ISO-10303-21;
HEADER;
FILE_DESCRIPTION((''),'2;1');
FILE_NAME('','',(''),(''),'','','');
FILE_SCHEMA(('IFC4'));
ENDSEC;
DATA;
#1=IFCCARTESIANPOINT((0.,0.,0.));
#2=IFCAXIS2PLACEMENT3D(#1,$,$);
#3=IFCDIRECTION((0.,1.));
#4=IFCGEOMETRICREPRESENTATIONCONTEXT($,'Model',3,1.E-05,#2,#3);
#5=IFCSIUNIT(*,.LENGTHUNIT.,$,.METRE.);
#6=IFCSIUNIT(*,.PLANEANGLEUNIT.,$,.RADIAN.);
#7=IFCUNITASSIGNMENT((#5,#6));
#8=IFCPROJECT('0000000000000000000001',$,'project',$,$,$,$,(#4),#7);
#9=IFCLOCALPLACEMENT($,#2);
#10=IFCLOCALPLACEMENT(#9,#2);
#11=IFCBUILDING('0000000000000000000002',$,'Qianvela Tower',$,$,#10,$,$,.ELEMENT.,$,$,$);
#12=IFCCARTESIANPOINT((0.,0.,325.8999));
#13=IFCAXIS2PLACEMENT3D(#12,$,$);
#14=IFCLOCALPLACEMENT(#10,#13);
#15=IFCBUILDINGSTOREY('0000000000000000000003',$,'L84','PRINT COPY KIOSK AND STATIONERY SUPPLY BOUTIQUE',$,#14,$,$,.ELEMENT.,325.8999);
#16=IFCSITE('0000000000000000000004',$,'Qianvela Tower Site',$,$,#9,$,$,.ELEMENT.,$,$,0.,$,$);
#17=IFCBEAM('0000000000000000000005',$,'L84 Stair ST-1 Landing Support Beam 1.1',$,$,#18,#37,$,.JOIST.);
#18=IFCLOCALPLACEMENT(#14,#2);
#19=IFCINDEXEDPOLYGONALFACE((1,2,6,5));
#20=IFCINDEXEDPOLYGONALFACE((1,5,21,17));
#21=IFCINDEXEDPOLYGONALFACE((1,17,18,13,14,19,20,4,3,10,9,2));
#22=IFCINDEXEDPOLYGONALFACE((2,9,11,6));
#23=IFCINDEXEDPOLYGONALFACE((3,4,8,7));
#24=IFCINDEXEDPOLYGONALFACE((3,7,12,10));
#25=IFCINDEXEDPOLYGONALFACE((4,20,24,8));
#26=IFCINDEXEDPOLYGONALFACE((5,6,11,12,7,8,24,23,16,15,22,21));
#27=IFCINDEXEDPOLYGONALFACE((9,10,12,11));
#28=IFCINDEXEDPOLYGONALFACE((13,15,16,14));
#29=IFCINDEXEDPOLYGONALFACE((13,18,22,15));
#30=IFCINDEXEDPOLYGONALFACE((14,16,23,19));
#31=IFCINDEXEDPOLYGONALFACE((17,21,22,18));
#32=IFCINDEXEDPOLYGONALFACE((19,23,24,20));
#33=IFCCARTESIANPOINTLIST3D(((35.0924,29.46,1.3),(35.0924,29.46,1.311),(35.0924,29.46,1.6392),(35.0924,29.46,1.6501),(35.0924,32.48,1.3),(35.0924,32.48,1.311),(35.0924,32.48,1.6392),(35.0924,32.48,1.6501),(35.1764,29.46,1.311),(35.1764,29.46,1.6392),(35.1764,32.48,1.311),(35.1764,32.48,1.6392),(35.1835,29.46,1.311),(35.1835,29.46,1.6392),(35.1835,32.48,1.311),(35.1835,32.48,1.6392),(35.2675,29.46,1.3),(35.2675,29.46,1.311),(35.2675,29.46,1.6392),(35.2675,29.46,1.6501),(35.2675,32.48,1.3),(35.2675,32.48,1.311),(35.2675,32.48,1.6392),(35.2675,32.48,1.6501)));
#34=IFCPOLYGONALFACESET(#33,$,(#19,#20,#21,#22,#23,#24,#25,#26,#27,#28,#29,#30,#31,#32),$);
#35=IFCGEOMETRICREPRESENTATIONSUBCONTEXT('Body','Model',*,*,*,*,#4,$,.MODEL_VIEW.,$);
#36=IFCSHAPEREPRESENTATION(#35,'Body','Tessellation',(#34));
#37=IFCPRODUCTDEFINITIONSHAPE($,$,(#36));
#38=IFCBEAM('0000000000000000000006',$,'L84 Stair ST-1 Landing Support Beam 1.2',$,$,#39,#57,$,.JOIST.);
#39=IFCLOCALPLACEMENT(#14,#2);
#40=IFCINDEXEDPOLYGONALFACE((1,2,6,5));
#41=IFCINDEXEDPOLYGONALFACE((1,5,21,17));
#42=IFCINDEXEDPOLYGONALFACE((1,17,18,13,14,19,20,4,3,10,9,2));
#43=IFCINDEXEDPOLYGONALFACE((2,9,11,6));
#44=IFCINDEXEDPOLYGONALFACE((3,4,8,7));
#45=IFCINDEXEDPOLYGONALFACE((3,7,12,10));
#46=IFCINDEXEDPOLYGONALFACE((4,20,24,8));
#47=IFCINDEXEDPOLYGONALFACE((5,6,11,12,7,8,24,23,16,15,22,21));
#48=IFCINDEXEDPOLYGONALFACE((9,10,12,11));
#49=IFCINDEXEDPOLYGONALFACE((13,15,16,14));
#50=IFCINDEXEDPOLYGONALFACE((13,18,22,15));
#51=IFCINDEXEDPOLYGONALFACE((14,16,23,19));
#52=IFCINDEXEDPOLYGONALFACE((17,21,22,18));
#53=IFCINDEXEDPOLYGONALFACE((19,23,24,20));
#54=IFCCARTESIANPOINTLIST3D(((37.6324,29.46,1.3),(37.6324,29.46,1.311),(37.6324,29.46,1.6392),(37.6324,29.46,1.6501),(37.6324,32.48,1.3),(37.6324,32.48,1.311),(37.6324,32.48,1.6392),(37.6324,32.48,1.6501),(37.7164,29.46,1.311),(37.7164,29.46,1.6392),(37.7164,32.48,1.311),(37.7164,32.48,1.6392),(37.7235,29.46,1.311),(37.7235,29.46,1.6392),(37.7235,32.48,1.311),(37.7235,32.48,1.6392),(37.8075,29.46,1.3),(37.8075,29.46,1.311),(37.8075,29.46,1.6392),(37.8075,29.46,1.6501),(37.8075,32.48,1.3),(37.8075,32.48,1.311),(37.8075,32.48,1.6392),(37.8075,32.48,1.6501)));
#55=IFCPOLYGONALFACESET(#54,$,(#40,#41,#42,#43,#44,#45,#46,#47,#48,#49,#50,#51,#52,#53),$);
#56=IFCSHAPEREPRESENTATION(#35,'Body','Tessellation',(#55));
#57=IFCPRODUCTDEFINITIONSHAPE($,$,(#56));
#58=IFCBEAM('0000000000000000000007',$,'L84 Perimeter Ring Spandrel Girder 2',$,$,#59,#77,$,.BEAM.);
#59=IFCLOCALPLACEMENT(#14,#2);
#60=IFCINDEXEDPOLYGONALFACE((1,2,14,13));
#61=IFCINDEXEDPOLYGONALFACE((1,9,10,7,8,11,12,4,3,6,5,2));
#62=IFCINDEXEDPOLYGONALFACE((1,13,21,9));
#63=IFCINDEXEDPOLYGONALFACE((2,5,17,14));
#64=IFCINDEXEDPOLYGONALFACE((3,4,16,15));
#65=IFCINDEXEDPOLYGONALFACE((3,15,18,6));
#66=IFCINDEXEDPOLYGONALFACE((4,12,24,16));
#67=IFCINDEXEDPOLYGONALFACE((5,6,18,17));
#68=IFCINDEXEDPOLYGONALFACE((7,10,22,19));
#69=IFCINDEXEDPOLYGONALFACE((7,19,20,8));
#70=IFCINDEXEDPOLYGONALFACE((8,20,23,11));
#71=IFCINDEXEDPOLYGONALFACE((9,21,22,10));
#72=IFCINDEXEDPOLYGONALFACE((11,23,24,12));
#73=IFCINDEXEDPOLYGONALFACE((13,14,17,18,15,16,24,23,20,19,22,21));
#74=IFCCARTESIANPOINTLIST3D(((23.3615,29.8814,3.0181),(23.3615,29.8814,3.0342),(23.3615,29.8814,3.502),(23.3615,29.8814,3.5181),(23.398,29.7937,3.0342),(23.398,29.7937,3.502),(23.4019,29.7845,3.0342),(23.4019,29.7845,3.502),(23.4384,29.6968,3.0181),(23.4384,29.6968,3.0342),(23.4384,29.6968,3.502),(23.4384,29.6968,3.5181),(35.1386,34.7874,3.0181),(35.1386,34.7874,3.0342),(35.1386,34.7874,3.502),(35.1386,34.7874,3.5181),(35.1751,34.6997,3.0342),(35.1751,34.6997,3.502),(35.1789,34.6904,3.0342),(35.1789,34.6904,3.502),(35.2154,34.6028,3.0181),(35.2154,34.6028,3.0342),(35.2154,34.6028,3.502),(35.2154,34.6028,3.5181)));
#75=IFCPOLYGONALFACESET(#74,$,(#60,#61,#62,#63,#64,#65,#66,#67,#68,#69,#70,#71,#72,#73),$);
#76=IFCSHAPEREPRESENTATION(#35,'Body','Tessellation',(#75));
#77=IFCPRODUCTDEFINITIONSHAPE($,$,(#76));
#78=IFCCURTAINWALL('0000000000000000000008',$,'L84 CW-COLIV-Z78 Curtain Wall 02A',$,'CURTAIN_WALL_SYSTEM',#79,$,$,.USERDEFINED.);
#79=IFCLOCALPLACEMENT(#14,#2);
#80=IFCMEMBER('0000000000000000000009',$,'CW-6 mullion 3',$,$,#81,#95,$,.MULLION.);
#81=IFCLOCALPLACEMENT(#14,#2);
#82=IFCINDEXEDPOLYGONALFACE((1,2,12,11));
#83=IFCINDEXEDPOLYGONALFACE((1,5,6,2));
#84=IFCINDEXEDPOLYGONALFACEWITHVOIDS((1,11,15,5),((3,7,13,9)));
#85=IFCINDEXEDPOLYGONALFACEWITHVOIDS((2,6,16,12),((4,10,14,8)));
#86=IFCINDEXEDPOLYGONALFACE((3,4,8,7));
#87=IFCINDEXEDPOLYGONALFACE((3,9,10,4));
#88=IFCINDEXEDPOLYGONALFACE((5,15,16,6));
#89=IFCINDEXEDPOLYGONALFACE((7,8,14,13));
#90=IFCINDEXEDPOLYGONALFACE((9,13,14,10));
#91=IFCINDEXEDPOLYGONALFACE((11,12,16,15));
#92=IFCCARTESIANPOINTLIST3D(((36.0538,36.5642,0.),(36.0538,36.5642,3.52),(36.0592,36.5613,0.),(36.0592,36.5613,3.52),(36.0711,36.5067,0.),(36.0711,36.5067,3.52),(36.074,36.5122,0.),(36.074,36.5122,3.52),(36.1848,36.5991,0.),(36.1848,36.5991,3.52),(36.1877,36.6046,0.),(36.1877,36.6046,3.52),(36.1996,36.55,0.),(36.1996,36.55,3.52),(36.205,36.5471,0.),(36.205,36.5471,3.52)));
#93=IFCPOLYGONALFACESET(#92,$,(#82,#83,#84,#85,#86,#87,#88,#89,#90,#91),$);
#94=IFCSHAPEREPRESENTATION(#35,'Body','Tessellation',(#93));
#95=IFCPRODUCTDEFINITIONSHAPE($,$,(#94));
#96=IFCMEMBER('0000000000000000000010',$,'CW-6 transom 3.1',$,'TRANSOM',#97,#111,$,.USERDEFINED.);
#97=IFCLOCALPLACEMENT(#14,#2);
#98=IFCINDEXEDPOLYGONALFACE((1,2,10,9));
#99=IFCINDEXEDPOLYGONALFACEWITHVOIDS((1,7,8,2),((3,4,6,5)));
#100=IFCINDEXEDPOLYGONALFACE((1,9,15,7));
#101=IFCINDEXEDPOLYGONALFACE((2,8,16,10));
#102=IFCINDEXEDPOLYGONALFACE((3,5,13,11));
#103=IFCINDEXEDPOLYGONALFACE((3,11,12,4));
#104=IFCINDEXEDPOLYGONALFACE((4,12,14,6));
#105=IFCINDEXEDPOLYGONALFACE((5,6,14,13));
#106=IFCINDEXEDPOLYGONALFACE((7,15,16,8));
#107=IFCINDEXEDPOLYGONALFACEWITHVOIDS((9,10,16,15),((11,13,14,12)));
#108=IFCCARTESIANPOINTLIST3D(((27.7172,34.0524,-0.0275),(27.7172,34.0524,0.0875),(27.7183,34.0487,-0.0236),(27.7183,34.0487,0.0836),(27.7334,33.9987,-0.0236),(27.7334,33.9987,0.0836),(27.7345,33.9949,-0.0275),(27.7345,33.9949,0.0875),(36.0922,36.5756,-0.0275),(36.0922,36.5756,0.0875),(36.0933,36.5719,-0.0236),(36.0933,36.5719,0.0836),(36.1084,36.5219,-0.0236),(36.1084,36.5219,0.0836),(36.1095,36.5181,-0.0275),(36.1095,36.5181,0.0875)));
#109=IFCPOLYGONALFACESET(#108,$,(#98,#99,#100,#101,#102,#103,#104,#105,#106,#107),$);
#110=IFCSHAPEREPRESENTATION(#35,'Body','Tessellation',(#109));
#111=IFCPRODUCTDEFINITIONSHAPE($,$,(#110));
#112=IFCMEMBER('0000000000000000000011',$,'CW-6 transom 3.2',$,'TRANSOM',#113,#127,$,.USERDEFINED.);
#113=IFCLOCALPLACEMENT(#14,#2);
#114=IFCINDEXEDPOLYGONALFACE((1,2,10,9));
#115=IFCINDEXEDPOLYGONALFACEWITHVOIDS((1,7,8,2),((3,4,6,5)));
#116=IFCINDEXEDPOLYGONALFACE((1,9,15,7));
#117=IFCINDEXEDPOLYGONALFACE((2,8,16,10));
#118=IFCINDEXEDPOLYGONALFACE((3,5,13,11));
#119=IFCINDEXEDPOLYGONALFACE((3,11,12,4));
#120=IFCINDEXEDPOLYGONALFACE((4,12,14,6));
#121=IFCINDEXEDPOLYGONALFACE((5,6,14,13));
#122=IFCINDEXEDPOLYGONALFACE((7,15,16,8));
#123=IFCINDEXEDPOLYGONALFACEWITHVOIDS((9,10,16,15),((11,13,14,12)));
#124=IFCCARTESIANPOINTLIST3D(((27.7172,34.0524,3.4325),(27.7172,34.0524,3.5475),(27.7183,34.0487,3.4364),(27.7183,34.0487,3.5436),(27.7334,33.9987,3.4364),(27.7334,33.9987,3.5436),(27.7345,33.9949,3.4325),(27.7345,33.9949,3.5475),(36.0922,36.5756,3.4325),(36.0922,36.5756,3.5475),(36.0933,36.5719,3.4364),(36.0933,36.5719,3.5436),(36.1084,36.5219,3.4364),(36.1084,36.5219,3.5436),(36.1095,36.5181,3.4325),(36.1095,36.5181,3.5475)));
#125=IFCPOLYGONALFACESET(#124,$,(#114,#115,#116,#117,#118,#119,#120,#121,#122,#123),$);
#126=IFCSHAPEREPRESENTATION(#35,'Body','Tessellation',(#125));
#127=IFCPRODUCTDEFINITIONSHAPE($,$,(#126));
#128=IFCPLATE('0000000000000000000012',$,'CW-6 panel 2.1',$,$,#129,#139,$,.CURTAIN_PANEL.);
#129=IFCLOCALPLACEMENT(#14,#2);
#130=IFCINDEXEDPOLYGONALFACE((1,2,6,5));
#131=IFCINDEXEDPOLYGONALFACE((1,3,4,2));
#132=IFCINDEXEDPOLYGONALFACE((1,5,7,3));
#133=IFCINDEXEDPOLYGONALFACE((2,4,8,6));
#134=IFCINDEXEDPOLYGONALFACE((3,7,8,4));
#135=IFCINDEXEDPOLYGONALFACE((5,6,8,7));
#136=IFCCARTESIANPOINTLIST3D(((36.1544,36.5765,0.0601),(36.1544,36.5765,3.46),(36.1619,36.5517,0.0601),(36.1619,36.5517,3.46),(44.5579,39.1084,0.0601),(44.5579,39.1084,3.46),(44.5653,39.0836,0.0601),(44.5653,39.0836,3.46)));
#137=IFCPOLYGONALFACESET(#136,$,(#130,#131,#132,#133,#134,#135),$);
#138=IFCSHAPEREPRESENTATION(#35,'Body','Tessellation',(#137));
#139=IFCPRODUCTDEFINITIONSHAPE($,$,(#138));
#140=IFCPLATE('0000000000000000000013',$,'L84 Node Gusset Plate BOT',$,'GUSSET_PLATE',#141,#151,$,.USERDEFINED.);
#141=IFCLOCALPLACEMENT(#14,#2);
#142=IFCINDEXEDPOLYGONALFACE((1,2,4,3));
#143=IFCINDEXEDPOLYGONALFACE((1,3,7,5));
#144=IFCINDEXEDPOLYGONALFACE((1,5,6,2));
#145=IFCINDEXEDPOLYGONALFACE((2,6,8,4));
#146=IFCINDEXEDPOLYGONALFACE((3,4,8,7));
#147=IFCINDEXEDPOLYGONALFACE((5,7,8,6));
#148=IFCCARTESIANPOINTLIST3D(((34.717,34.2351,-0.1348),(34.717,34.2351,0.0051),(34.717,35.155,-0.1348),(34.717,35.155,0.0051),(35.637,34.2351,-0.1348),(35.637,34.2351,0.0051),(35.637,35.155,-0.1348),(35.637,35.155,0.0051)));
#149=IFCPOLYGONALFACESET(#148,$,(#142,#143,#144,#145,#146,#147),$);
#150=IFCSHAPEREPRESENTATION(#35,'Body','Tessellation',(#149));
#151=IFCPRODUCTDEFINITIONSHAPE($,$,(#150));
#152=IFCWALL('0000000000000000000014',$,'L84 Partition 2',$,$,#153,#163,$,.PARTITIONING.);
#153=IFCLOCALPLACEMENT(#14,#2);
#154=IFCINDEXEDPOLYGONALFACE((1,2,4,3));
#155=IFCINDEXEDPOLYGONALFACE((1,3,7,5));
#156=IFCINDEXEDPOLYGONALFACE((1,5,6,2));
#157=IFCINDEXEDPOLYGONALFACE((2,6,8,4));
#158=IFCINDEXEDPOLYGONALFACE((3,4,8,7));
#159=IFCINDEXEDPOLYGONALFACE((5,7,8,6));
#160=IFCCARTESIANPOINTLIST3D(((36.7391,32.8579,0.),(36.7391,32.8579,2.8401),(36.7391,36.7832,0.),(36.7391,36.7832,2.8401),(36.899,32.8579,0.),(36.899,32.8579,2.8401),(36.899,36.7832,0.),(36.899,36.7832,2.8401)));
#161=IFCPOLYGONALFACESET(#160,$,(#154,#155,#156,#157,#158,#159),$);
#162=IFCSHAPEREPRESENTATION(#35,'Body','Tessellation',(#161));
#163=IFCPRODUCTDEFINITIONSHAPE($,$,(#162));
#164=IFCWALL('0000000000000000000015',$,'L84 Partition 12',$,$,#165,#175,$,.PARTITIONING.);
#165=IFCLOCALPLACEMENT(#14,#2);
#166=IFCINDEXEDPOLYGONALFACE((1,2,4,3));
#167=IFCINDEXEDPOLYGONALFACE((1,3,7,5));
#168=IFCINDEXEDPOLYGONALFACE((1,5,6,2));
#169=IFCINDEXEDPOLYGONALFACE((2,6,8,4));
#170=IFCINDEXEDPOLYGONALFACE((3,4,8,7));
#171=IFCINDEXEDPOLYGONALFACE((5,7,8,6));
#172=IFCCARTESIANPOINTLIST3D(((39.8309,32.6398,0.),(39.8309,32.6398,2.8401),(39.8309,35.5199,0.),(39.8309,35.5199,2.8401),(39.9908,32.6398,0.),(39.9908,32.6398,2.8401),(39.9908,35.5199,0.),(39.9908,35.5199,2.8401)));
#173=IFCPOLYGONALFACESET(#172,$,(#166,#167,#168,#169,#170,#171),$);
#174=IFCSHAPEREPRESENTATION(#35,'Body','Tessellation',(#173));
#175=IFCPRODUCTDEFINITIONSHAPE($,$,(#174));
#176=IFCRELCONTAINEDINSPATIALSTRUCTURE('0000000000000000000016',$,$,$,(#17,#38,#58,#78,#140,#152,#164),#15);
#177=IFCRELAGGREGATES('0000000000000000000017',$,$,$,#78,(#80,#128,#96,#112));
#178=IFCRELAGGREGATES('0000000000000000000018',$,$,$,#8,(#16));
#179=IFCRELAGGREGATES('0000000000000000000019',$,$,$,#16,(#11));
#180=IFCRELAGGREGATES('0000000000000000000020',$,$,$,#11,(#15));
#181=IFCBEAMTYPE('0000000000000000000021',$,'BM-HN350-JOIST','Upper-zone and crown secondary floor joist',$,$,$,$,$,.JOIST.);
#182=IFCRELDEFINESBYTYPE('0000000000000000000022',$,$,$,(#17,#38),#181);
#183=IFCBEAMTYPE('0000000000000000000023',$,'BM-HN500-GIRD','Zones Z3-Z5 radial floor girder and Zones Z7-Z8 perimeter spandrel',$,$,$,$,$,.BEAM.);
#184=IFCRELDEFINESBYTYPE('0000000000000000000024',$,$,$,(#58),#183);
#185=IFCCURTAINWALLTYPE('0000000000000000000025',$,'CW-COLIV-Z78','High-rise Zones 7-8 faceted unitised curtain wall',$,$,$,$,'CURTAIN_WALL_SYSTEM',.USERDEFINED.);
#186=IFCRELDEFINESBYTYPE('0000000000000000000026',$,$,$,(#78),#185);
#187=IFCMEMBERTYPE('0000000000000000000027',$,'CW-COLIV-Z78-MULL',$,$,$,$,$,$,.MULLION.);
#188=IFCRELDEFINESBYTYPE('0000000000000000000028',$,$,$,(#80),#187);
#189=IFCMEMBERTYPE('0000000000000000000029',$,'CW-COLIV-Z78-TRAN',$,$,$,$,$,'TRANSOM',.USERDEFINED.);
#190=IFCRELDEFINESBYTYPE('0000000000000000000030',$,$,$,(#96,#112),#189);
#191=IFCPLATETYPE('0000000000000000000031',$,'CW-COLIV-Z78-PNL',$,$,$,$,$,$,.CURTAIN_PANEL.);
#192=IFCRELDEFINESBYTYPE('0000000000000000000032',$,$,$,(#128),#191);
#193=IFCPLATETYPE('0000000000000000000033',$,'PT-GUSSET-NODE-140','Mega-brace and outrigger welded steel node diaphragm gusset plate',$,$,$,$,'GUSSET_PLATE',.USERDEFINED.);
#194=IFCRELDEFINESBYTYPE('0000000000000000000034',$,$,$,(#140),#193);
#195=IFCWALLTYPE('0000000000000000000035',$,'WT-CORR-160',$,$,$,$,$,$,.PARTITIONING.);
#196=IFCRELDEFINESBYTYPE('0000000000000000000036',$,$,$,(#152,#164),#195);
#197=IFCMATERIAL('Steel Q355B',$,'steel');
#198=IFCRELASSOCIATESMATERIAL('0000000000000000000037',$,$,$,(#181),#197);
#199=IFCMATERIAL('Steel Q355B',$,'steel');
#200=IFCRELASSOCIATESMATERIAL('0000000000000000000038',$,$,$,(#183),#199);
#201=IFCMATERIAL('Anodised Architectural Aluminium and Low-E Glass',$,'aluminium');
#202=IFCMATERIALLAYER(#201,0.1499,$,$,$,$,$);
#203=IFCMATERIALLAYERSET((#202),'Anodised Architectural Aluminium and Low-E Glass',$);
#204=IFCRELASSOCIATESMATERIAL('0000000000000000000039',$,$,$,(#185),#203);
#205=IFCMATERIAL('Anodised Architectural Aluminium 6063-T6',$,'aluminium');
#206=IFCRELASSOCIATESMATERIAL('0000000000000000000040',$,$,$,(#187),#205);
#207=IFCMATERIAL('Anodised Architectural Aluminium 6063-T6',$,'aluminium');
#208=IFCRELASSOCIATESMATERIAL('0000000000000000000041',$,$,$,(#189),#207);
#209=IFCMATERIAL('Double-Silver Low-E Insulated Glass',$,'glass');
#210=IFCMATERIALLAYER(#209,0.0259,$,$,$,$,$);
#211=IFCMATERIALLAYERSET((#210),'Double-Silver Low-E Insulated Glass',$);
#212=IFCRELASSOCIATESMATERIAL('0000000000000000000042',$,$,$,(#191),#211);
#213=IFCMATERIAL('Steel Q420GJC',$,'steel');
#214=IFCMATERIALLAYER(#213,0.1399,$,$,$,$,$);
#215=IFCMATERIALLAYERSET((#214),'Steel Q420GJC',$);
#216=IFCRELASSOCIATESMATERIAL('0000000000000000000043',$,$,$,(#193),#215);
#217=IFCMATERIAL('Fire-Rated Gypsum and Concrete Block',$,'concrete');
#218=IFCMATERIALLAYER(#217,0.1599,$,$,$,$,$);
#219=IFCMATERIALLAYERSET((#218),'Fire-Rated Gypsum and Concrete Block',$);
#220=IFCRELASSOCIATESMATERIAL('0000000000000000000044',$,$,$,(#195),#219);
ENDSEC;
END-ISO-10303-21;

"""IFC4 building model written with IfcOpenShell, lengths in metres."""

from ifc_helpers import new_model, si_unit, direction, frame, frame_2d, origin, origin_2d, place, context, subcontext, project, spatial, rectangle, hollow_rectangle, i_section, extrude, material, layer, layer_set, material_profile, profile_set, type_object, element, aggregate, save


model = new_model("IFC4")

# Units and contexts
model_context = context("Model", 3, precision=1e-05, world=origin(), true_north=direction((0.0, 1.0)))
body_context = subcontext(model_context, "Body", "Model", "MODEL_VIEW")
ifc_project = project(units=[si_unit("LENGTHUNIT", "METRE"), si_unit("PLANEANGLEUNIT", "RADIAN")], contexts=[model_context])

# Site, building, storey
site_placement = place(None, origin())
site = spatial("IfcSite", under=ifc_project, at=site_placement, Name="Qianvela Tower Site", CompositionType="ELEMENT", RefElevation=0.0)
building_placement = place(site_placement, origin())
building = spatial("IfcBuilding", under=site, at=building_placement, Name="Qianvela Tower", CompositionType="ELEMENT")
storey_placement = place(building_placement, frame((0.0, 0.0, 325.8999)))
storey = spatial("IfcBuildingStorey", under=building, at=storey_placement, Name="L84", Description="PRINT COPY KIOSK AND STATIONERY SUPPLY BOUTIQUE", CompositionType="ELEMENT", Elevation=325.8999)

# Beams
ifc_material_1 = material(Name="Steel Q355B", Category="steel")
ifc_material_profile_1 = material_profile(ifc_material_1, i_section(OverallWidth=0.175, OverallDepth=0.3501, WebThickness=0.0071, FlangeThickness=0.011, at=origin_2d()), Name="HN350x175x7x11")
ifc_profile_set_1 = profile_set([ifc_material_profile_1], Name="Steel Q355B")
beam_type_1 = type_object("IfcBeamType", Name="BM-HN350-JOIST", Description="Upper-zone and crown secondary floor joist", PredefinedType="JOIST", material=ifc_profile_set_1)
for number, where, z_axis, x_axis, name in (
    (1, (35.1799, 29.46, 1.4751), (0.0, 1.0, 0.0), (-1.0, 0.0, 0.0), "L84 Stair ST-1 Landing Support Beam 1.1"),
    (2, (37.72, 29.46, 1.4751), (0.0, 1.0, 0.0), (-1.0, 0.0, 0.0), "L84 Stair ST-1 Landing Support Beam 1.2"),
):
    element("IfcBeam", number, at=place(storey_placement, frame(where, z_axis=z_axis, x_axis=x_axis)), inside=storey, type_object=beam_type_1, Name=name, PredefinedType="JOIST", context=body_context, shape_type="SweptSolid", body=[
        extrude(i_section(OverallWidth=0.175, OverallDepth=0.3501, WebThickness=0.0071, FlangeThickness=0.011, at=origin_2d()), origin(), (0.0, 0.0, 1.0), 3.02),
    ])
ifc_material_2 = material(Name="Steel Q355B", Category="steel")
ifc_material_profile_2 = material_profile(ifc_material_2, i_section(OverallWidth=0.2, OverallDepth=0.5, WebThickness=0.01, FlangeThickness=0.0161, at=origin_2d()), Name="HN500x200x10x16")
ifc_profile_set_2 = profile_set([ifc_material_profile_2], Name="Steel Q355B")
beam_type_2 = type_object("IfcBeamType", Name="BM-HN500-GIRD", Description="Zones Z3-Z5 radial floor girder and Zones Z7-Z8 perimeter spandrel", PredefinedType="BEAM", material=ifc_profile_set_2)
beam_1_placement = place(storey_placement, frame((35.177, 34.6951, 3.2681), z_axis=(-0.923108, -0.384541, 0.0), x_axis=(0.384541, -0.923108, 0.0)))
element("IfcBeam", 3, at=beam_1_placement, inside=storey, type_object=beam_type_2, Name="L84 Perimeter Ring Spandrel Girder 2", PredefinedType="BEAM", context=body_context, shape_type="SweptSolid", body=[
    extrude(i_section(OverallWidth=0.2, OverallDepth=0.5, WebThickness=0.01, FlangeThickness=0.0161, at=origin_2d()), origin(), (0.0, 0.0, 1.0), 12.7581),
])

# Curtain wall, members, plate
ifc_material_3 = material(Name="Anodised Architectural Aluminium and Low-E Glass", Category="aluminium")
ifc_layer_1 = layer(ifc_material_3, 0.1499)
ifc_layer_set_1 = layer_set([ifc_layer_1], Name="Anodised Architectural Aluminium and Low-E Glass")
curtain_wall_type = type_object("IfcCurtainWallType", Name="CW-COLIV-Z78", Description="High-rise Zones 7-8 faceted unitised curtain wall", ElementType="CURTAIN_WALL_SYSTEM", PredefinedType="USERDEFINED", material=ifc_layer_set_1)
curtain_wall_placement = place(storey_placement, origin())
curtain_wall = element("IfcCurtainWall", 4, at=curtain_wall_placement, inside=storey, type_object=curtain_wall_type, Name="L84 CW-COLIV-Z78 Curtain Wall 02A", ObjectType="CURTAIN_WALL_SYSTEM", PredefinedType="USERDEFINED")
ifc_material_4 = material(Name="Anodised Architectural Aluminium 6063-T6", Category="aluminium")
ifc_material_profile_3 = material_profile(ifc_material_4, hollow_rectangle(XDim=0.0601, YDim=0.1399, WallThickness=0.0044, at=origin_2d()), Name="ALU-MULL-60x140")
ifc_profile_set_3 = profile_set([ifc_material_profile_3], Name="Anodised Architectural Aluminium 6063-T6")
member_type_1 = type_object("IfcMemberType", Name="CW-COLIV-Z78-MULL", PredefinedType="MULLION", material=ifc_profile_set_3)
member_1_placement = place(storey_placement, frame((36.1294, 36.5557, 0.0), z_axis=(0.0, 0.0, 1.0), x_axis=(0.28848, -0.957486, 0.0)))
member_1 = element("IfcMember", 5, at=member_1_placement, type_object=member_type_1, Name="CW-6 mullion 3", PredefinedType="MULLION", context=body_context, shape_type="SweptSolid", body=[
    extrude(hollow_rectangle(XDim=0.0601, YDim=0.1399, WallThickness=0.0044, at=origin_2d()), origin(), (0.0, 0.0, 1.0), 3.52),
])
ifc_material_5 = material(Name="Anodised Architectural Aluminium 6063-T6", Category="aluminium")
ifc_material_profile_4 = material_profile(ifc_material_5, hollow_rectangle(XDim=0.0601, YDim=0.115, WallThickness=0.0039, at=origin_2d()), Name="ALU-TRAN-60x115")
ifc_profile_set_4 = profile_set([ifc_material_profile_4], Name="Anodised Architectural Aluminium 6063-T6")
member_type_2 = type_object("IfcMemberType", Name="CW-COLIV-Z78-TRAN", ElementType="TRANSOM", PredefinedType="USERDEFINED", material=ifc_profile_set_4)
member_2_placement = place(storey_placement, frame((36.1008, 36.5469, 0.03), z_axis=(-0.957489, -0.288469, 0.0), x_axis=(0.288469, -0.957489, 0.0)))
member_2 = element("IfcMember", 6, at=member_2_placement, type_object=member_type_2, Name="CW-6 transom 3.1", ObjectType="TRANSOM", PredefinedType="USERDEFINED", context=body_context, shape_type="SweptSolid", body=[
    extrude(hollow_rectangle(XDim=0.0601, YDim=0.115, WallThickness=0.0039, at=origin_2d()), origin(), (0.0, 0.0, 1.0), 8.7468),
])
member_3_placement = place(storey_placement, frame((36.1008, 36.5469, 3.49), z_axis=(-0.957489, -0.288469, 0.0), x_axis=(0.288469, -0.957489, 0.0)))
member_3 = element("IfcMember", 7, at=member_3_placement, type_object=member_type_2, Name="CW-6 transom 3.2", ObjectType="TRANSOM", PredefinedType="USERDEFINED", context=body_context, shape_type="SweptSolid", body=[
    extrude(hollow_rectangle(XDim=0.0601, YDim=0.115, WallThickness=0.0039, at=origin_2d()), origin(), (0.0, 0.0, 1.0), 8.7468),
])
ifc_material_6 = material(Name="Double-Silver Low-E Insulated Glass", Category="glass")
ifc_layer_2 = layer(ifc_material_6, 0.0259)
ifc_layer_set_2 = layer_set([ifc_layer_2], Name="Double-Silver Low-E Insulated Glass")
plate_type_1 = type_object("IfcPlateType", Name="CW-COLIV-Z78-PNL", PredefinedType="CURTAIN_PANEL", material=ifc_layer_set_2)
plate_1_placement = place(storey_placement, frame((40.3599, 37.8301, 0.0601), z_axis=(0.0, 0.0, 1.0), x_axis=(-0.957486, -0.28848, 0.0)))
plate_1 = element("IfcPlate", 8, at=plate_1_placement, type_object=plate_type_1, Name="CW-6 panel 2.1", PredefinedType="CURTAIN_PANEL", context=body_context, shape_type="SweptSolid", body=[
    extrude(rectangle(XDim=8.7766, YDim=0.0259, at=origin_2d()), origin(), (0.0, 0.0, 1.0), 3.3999),
])
aggregate(curtain_wall, [member_1, plate_1, member_2, member_3])

# Plate
ifc_material_7 = material(Name="Steel Q420GJC", Category="steel")
ifc_layer_3 = layer(ifc_material_7, 0.1399)
ifc_layer_set_3 = layer_set([ifc_layer_3], Name="Steel Q420GJC")
plate_type_2 = type_object("IfcPlateType", Name="PT-GUSSET-NODE-140", Description="Mega-brace and outrigger welded steel node diaphragm gusset plate", ElementType="GUSSET_PLATE", PredefinedType="USERDEFINED", material=ifc_layer_set_3)
plate_2_placement = place(storey_placement, frame((35.177, 34.6951, -0.1348), z_axis=(0.0, 0.0, 1.0), x_axis=(1.0, 0.0, 0.0)))
element("IfcPlate", 9, at=plate_2_placement, inside=storey, type_object=plate_type_2, Name="L84 Node Gusset Plate BOT", ObjectType="GUSSET_PLATE", PredefinedType="USERDEFINED", context=body_context, shape_type="SweptSolid", body=[
    extrude(rectangle(XDim=0.9199, YDim=0.9199, at=origin_2d()), origin(), (0.0, 0.0, 1.0), 0.1399),
])

# Walls
ifc_material_8 = material(Name="Fire-Rated Gypsum and Concrete Block", Category="concrete")
ifc_layer_4 = layer(ifc_material_8, 0.1599)
ifc_layer_set_4 = layer_set([ifc_layer_4], Name="Fire-Rated Gypsum and Concrete Block")
wall_type_1 = type_object("IfcWallType", Name="WT-CORR-160", PredefinedType="PARTITIONING", material=ifc_layer_set_4)
wall_1_placement = place(storey_placement, frame((36.8191, 36.7832, 0.0), z_axis=(0.0, 0.0, 1.0), x_axis=(0.0, -1.0, 0.0)))
element("IfcWall", 10, at=wall_1_placement, inside=storey, type_object=wall_type_1, Name="L84 Partition 2", PredefinedType="PARTITIONING", context=body_context, shape_type="SweptSolid", body=[
    extrude(rectangle(XDim=3.9253, YDim=0.1599, at=frame_2d((1.9626, 0.0))), origin(), (0.0, 0.0, 1.0), 2.8401),
])
wall_2_placement = place(storey_placement, frame((39.9109, 32.6399, 0.0), z_axis=(0.0, 0.0, 1.0), x_axis=(0.0, 1.0, 0.0)))
element("IfcWall", 11, at=wall_2_placement, inside=storey, type_object=wall_type_1, Name="L84 Partition 12", PredefinedType="PARTITIONING", context=body_context, shape_type="SweptSolid", body=[
    extrude(rectangle(XDim=2.8801, YDim=0.1599, at=frame_2d((1.4399, 0.0))), origin(), (0.0, 0.0, 1.0), 2.8401),
])

save(model, "model.ifc")
